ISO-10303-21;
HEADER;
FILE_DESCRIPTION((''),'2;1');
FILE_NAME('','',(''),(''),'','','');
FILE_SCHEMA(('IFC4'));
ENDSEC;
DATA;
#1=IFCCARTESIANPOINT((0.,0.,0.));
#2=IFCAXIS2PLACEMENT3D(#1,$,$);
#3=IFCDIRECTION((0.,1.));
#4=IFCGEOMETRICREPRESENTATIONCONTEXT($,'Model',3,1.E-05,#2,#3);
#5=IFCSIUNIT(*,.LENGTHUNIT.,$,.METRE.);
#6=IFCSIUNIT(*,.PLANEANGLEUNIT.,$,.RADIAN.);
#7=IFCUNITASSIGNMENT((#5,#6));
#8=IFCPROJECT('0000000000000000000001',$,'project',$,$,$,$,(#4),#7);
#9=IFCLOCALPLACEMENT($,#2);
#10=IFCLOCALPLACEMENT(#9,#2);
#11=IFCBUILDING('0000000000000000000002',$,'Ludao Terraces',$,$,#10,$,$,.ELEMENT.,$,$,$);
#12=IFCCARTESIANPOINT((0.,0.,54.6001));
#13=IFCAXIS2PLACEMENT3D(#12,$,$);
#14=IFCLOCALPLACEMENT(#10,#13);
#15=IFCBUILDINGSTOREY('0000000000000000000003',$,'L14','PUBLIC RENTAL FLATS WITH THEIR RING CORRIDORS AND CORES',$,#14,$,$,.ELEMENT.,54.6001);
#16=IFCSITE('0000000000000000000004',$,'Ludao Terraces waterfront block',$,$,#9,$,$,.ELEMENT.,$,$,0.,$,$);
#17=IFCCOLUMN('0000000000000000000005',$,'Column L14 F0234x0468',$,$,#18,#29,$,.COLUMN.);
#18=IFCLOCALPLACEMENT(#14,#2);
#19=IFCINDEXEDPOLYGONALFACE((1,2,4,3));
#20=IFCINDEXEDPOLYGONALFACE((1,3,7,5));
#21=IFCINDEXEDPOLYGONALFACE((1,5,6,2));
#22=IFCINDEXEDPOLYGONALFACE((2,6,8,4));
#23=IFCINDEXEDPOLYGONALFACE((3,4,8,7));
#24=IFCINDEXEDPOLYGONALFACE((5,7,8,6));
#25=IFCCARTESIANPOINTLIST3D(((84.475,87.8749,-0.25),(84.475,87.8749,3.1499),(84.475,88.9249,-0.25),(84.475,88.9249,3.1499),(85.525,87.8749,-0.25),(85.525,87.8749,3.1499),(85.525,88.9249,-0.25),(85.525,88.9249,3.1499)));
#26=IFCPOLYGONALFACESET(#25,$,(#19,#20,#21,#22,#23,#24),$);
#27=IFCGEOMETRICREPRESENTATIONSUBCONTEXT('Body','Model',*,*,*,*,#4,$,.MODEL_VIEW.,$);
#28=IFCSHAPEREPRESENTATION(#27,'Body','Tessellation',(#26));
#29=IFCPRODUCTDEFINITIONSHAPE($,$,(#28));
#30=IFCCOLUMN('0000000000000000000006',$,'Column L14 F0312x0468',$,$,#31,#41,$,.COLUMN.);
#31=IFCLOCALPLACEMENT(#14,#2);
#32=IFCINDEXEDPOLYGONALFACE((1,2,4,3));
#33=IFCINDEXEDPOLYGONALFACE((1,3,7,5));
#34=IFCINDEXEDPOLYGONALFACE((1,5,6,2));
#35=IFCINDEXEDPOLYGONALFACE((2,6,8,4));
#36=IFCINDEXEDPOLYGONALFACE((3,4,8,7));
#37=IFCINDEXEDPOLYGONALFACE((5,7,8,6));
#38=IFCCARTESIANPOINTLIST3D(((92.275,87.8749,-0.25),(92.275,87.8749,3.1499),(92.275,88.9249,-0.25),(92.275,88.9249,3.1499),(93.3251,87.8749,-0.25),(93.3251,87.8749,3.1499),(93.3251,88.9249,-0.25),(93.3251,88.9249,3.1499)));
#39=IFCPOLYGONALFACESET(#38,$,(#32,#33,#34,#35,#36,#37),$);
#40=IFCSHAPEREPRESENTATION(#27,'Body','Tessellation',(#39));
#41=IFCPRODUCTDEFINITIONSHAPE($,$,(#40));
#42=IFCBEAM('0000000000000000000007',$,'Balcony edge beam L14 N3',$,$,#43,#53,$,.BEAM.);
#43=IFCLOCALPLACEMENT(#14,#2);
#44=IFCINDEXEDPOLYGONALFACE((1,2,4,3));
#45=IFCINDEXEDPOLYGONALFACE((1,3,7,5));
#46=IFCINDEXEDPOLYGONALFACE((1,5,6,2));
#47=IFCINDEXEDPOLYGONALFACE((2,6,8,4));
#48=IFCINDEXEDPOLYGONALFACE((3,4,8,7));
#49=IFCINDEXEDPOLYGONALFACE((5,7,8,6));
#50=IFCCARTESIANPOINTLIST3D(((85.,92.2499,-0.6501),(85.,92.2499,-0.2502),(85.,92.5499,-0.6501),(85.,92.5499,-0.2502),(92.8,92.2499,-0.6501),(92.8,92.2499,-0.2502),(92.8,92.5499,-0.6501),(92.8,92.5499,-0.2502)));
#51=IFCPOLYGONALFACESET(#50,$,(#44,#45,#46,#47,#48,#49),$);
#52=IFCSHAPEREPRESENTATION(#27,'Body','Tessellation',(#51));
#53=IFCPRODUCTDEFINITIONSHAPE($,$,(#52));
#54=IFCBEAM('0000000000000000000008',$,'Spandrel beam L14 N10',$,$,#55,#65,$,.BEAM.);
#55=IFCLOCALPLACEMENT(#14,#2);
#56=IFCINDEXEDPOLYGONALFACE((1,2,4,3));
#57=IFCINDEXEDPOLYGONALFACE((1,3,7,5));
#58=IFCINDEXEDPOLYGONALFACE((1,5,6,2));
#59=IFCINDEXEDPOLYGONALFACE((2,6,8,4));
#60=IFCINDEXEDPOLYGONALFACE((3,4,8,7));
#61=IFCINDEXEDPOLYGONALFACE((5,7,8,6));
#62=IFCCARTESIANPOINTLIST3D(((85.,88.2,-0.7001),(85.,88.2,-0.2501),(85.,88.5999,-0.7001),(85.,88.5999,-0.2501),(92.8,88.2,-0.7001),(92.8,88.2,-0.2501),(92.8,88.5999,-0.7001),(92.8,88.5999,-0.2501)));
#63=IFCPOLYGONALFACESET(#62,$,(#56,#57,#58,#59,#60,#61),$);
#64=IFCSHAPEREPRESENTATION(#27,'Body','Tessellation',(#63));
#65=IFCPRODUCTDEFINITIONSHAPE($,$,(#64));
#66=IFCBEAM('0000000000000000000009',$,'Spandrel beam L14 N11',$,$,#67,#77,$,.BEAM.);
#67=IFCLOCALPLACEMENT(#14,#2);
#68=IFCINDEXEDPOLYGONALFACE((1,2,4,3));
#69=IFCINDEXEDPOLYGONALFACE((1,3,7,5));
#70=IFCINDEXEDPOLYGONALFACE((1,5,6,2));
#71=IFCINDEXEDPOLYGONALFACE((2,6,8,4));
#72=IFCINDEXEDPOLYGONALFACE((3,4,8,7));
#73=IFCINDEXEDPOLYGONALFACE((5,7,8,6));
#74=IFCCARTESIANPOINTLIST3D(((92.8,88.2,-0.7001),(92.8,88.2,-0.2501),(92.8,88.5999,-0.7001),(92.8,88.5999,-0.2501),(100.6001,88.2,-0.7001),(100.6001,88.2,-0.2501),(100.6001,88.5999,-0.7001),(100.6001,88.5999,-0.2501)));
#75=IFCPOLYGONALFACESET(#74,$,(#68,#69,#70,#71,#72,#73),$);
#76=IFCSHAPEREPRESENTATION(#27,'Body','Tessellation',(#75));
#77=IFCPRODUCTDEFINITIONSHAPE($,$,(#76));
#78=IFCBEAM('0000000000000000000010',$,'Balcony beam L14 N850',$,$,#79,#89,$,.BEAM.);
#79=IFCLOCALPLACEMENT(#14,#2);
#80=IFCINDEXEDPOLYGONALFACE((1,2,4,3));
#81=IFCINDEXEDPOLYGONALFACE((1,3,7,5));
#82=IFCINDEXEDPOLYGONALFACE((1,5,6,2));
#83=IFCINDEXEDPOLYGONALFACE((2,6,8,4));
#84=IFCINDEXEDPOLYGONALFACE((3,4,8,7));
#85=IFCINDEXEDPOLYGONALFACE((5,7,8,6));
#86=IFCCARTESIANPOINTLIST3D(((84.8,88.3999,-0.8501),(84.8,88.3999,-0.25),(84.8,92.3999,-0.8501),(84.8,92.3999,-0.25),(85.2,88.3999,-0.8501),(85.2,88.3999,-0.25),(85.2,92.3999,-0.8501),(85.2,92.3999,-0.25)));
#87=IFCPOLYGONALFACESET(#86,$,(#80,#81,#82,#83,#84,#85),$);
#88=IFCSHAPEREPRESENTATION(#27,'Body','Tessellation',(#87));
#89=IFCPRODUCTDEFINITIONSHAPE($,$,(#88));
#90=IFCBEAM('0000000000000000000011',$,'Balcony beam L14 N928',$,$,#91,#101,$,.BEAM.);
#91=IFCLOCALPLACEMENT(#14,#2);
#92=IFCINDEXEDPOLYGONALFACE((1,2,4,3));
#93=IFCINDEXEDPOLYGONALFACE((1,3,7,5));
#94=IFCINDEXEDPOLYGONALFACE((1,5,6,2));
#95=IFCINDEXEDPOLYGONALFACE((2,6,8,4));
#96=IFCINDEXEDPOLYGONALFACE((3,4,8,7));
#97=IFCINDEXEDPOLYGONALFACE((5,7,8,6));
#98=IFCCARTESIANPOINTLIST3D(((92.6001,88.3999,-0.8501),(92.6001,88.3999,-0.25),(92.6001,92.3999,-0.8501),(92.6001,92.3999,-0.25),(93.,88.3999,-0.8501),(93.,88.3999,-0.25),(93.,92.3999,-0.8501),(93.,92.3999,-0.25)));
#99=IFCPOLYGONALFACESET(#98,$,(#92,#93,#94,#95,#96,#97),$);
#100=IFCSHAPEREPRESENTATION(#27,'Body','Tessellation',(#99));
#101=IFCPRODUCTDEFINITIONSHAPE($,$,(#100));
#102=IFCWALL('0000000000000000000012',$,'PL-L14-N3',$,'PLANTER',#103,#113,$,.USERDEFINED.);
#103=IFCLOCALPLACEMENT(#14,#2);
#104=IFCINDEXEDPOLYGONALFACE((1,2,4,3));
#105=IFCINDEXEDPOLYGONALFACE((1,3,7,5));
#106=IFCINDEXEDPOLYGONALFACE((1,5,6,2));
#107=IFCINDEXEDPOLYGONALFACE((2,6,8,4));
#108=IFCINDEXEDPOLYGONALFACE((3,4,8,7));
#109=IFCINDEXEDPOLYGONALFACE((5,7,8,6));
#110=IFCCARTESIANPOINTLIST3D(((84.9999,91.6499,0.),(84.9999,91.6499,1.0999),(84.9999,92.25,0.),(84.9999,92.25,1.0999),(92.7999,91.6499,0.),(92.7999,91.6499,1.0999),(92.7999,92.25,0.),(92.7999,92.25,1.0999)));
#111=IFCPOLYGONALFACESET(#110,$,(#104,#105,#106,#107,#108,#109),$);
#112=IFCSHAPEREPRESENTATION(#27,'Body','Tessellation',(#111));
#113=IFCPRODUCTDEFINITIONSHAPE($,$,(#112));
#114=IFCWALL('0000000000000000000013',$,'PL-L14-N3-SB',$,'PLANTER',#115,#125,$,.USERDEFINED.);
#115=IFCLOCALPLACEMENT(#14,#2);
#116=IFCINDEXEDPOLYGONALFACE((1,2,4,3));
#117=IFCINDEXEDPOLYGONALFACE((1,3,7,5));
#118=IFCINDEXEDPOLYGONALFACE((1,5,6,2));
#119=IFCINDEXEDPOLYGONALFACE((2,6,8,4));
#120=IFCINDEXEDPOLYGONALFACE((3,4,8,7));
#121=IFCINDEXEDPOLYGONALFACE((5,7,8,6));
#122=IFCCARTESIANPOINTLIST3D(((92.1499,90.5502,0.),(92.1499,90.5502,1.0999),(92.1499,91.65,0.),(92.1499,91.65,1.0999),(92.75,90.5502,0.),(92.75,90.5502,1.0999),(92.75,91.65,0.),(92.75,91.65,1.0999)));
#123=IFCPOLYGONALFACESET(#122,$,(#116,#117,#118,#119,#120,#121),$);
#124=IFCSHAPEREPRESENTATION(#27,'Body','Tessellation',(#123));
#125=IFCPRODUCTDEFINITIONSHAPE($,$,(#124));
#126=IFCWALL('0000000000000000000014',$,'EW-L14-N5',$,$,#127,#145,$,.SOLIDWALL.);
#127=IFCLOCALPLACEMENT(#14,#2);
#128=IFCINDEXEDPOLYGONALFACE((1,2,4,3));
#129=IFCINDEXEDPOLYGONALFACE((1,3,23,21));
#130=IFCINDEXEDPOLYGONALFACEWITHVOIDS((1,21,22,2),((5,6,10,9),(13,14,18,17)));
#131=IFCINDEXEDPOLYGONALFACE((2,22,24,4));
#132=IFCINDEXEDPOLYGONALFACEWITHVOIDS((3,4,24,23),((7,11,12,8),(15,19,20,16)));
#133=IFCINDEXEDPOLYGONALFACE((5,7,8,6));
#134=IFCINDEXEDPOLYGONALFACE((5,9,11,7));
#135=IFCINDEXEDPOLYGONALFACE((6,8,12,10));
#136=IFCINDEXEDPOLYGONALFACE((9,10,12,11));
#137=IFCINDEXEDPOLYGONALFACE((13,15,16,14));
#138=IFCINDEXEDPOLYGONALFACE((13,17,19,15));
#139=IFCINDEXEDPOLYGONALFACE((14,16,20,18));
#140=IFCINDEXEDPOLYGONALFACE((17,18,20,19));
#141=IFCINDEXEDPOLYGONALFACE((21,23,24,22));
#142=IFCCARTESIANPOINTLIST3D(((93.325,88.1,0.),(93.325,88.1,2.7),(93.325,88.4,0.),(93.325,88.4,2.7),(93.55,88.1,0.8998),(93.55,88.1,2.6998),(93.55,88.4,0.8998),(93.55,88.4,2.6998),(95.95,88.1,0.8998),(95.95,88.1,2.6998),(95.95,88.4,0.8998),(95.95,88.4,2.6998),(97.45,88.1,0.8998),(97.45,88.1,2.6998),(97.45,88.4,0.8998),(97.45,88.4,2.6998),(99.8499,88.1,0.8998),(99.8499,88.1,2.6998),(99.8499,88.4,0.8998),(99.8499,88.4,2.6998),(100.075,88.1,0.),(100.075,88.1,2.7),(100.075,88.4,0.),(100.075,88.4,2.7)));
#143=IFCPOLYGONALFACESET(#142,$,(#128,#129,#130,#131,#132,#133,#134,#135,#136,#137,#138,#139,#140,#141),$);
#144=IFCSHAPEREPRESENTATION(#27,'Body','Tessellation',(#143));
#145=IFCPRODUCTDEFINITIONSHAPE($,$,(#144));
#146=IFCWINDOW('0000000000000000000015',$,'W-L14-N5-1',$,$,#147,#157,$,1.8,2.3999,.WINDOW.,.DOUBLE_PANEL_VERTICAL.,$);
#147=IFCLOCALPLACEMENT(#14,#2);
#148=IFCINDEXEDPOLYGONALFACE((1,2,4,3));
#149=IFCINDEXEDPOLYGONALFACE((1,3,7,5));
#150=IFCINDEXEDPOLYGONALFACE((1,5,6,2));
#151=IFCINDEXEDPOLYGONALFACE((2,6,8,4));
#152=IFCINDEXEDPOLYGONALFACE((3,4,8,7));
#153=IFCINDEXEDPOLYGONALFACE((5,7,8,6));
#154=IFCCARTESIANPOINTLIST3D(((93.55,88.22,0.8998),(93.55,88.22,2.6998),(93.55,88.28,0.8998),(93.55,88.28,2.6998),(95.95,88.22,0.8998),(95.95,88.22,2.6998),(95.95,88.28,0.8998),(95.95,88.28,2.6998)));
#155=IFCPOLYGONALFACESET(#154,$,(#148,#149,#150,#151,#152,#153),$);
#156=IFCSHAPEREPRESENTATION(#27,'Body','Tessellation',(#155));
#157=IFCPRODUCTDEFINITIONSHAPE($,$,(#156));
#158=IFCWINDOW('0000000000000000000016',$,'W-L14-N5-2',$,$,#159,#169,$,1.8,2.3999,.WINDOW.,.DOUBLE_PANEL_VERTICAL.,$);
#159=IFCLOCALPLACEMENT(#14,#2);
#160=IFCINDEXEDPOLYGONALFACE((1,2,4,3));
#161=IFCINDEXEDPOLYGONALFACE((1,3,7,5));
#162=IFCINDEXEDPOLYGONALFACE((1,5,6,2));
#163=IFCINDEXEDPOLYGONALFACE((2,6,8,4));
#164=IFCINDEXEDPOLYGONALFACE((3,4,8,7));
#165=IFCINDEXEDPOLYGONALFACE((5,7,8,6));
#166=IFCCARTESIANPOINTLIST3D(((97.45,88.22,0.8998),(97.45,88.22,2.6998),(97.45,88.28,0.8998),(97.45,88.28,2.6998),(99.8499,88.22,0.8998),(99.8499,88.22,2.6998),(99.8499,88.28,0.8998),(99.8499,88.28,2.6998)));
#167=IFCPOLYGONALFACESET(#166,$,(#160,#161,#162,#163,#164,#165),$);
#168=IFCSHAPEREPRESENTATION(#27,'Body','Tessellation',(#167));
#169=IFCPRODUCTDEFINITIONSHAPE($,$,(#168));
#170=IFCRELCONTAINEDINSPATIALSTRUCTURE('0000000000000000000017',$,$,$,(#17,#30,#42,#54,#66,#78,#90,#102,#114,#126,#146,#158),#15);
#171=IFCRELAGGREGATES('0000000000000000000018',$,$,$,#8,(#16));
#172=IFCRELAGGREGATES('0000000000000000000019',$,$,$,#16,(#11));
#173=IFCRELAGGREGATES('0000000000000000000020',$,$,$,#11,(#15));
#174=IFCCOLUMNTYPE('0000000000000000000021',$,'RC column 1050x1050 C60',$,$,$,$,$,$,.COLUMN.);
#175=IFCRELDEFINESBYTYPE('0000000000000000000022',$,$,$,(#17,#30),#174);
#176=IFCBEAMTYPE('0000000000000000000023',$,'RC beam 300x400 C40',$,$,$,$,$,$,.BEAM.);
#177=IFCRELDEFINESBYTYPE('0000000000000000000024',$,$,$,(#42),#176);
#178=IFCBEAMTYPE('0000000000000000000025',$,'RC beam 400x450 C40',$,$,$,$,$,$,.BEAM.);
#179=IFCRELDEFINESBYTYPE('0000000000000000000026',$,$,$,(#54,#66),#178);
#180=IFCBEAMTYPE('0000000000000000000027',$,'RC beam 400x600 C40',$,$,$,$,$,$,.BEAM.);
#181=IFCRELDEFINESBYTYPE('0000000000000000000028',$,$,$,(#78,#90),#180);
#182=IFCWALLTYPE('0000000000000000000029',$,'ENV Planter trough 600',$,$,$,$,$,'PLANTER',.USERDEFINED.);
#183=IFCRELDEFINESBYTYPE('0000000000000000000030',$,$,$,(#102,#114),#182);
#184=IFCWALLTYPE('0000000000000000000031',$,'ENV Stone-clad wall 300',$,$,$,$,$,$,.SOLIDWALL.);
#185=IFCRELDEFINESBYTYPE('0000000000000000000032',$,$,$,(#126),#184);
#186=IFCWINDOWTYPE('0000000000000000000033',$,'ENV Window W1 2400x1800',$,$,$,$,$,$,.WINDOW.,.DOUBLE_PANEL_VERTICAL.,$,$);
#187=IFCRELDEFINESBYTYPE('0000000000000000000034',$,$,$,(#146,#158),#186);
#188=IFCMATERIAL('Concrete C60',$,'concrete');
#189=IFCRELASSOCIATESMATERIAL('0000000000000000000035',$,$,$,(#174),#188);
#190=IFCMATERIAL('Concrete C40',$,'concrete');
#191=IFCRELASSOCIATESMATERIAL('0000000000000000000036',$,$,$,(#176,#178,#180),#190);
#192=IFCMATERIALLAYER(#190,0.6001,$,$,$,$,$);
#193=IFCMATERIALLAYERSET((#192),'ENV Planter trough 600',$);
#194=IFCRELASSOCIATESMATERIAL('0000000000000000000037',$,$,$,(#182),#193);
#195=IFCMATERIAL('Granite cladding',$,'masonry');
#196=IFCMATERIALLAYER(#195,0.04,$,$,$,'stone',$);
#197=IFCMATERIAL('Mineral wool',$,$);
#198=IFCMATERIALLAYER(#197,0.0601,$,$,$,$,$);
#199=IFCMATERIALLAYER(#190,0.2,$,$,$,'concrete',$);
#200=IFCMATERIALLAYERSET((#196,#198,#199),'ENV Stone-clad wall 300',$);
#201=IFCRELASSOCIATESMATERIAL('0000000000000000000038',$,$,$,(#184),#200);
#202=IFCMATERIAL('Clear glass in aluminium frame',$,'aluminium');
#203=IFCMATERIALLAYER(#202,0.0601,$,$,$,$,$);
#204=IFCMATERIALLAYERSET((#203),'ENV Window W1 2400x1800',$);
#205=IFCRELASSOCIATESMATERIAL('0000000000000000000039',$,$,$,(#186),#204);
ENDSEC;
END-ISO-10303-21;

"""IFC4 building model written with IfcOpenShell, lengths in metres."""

from ifc_helpers import new_model, si_unit, direction, frame, frame_2d, origin, origin_2d, place, context, subcontext, project, spatial, rectangle, extrude, material, layer, layer_set, material_profile, profile_set, type_object, element, fill, save


model = new_model("IFC4")

# Units and contexts
model_context = context("Model", 3, precision=1e-05, world=origin(), true_north=direction((0.0, 1.0)))
body_context = subcontext(model_context, "Body", "Model", "MODEL_VIEW")
ifc_project = project(units=[si_unit("LENGTHUNIT", "METRE"), si_unit("PLANEANGLEUNIT", "RADIAN")], contexts=[model_context])

# Site, building, storey
site_placement = place(None, origin())
site = spatial("IfcSite", under=ifc_project, at=site_placement, Name="Ludao Terraces waterfront block", CompositionType="ELEMENT", RefElevation=0.0)
building_placement = place(site_placement, origin())
building = spatial("IfcBuilding", under=site, at=building_placement, Name="Ludao Terraces", CompositionType="ELEMENT")
storey_placement = place(building_placement, frame((0.0, 0.0, 54.6001)))
storey = spatial("IfcBuildingStorey", under=building, at=storey_placement, Name="L14", Description="PUBLIC RENTAL FLATS WITH THEIR RING CORRIDORS AND CORES", CompositionType="ELEMENT", Elevation=54.6001)

# Columns
ifc_material_1 = material(Name="Concrete C60", Category="concrete")
ifc_material_profile_1 = material_profile(ifc_material_1, rectangle(XDim=1.05, YDim=1.05, at=origin_2d()), Name="1050 X 1050")
ifc_profile_set_1 = profile_set([ifc_material_profile_1], Name="Concrete C60")
column_type = type_object("IfcColumnType", Name="RC column 1050x1050 C60", PredefinedType="COLUMN", material=ifc_profile_set_1)
for number, where, z_axis, x_axis, name in (
    (1, (85.0, 88.3999, -0.25), (0.0, 0.0, 1.0), (1.0, 0.0, 0.0), "Column L14 F0234x0468"),
    (2, (92.8, 88.3999, -0.25), (0.0, 0.0, 1.0), (1.0, 0.0, 0.0), "Column L14 F0312x0468"),
):
    element("IfcColumn", number, at=place(storey_placement, frame(where, z_axis=z_axis, x_axis=x_axis)), inside=storey, type_object=column_type, Name=name, PredefinedType="COLUMN", context=body_context, shape_type="SweptSolid", body=[
        extrude(rectangle(XDim=1.05, YDim=1.05, at=origin_2d()), origin(), (0.0, 0.0, 1.0), 3.3999),
    ])

# Beams
ifc_material_2 = material(Name="Concrete C40", Category="concrete")
ifc_material_profile_2 = material_profile(ifc_material_2, rectangle(XDim=0.3, YDim=0.3999, at=origin_2d()), Name="300 X 400")
ifc_profile_set_2 = profile_set([ifc_material_profile_2], Name="Concrete C40")
beam_type_1 = type_object("IfcBeamType", Name="RC beam 300x400 C40", PredefinedType="BEAM", material=ifc_profile_set_2)
beam_placement = place(storey_placement, frame((85.0, 92.3999, -0.4502), z_axis=(1.0, 0.0, 0.0), x_axis=(0.0, 1.0, 0.0)))
element("IfcBeam", 3, at=beam_placement, inside=storey, type_object=beam_type_1, Name="Balcony edge beam L14 N3", PredefinedType="BEAM", context=body_context, shape_type="SweptSolid", body=[
    extrude(rectangle(XDim=0.3, YDim=0.3999, at=origin_2d()), origin(), (0.0, 0.0, 1.0), 7.8),
])
ifc_material_profile_3 = material_profile(ifc_material_2, rectangle(XDim=0.3999, YDim=0.45, at=origin_2d()), Name="400 X 450")
ifc_profile_set_3 = profile_set([ifc_material_profile_3], Name="Concrete C40")
beam_type_2 = type_object("IfcBeamType", Name="RC beam 400x450 C40", PredefinedType="BEAM", material=ifc_profile_set_3)
for number, where, z_axis, x_axis, name in (
    (4, (85.0, 88.3999, -0.4751), (1.0, 0.0, 0.0), (0.0, 1.0, 0.0), "Spandrel beam L14 N10"),
    (5, (92.8, 88.3999, -0.4751), (1.0, 0.0, 0.0), (0.0, 1.0, 0.0), "Spandrel beam L14 N11"),
):
    element("IfcBeam", number, at=place(storey_placement, frame(where, z_axis=z_axis, x_axis=x_axis)), inside=storey, type_object=beam_type_2, Name=name, PredefinedType="BEAM", context=body_context, shape_type="SweptSolid", body=[
        extrude(rectangle(XDim=0.3999, YDim=0.45, at=origin_2d()), origin(), (0.0, 0.0, 1.0), 7.8),
    ])
ifc_material_profile_4 = material_profile(ifc_material_2, rectangle(XDim=0.3999, YDim=0.6001, at=origin_2d()), Name="400 X 600")
ifc_profile_set_4 = profile_set([ifc_material_profile_4], Name="Concrete C40")
beam_type_3 = type_object("IfcBeamType", Name="RC beam 400x600 C40", PredefinedType="BEAM", material=ifc_profile_set_4)
for number, where, z_axis, x_axis, name in (
    (6, (85.0, 88.3999, -0.55), (0.0, 1.0, 0.0), (-1.0, 0.0, 0.0), "Balcony beam L14 N850"),
    (7, (92.8, 88.3999, -0.55), (0.0, 1.0, 0.0), (-1.0, 0.0, 0.0), "Balcony beam L14 N928"),
):
    element("IfcBeam", number, at=place(storey_placement, frame(where, z_axis=z_axis, x_axis=x_axis)), inside=storey, type_object=beam_type_3, Name=name, PredefinedType="BEAM", context=body_context, shape_type="SweptSolid", body=[
        extrude(rectangle(XDim=0.3999, YDim=0.6001, at=origin_2d()), origin(), (0.0, 0.0, 1.0), 4.0),
    ])

# Walls
ifc_layer_1 = layer(ifc_material_2, 0.6001)
ifc_layer_set_1 = layer_set([ifc_layer_1], Name="ENV Planter trough 600")
wall_type_1 = type_object("IfcWallType", Name="ENV Planter trough 600", ElementType="PLANTER", PredefinedType="USERDEFINED", material=ifc_layer_set_1)
wall_1_placement = place(storey_placement, frame((85.0, 91.95, 0.0), z_axis=(0.0, 0.0, 1.0), x_axis=(1.0, 0.0, 0.0)))
element("IfcWall", 8, at=wall_1_placement, inside=storey, type_object=wall_type_1, Name="PL-L14-N3", ObjectType="PLANTER", PredefinedType="USERDEFINED", context=body_context, shape_type="SweptSolid", body=[
    extrude(rectangle(XDim=7.8, YDim=0.6001, at=frame_2d((3.8999, 0.0))), origin(), (0.0, 0.0, 1.0), 1.0999),
])
wall_2_placement = place(storey_placement, frame((92.45, 91.6499, 0.0), z_axis=(0.0, 0.0, 1.0), x_axis=(0.0, -1.0, 0.0)))
element("IfcWall", 9, at=wall_2_placement, inside=storey, type_object=wall_type_1, Name="PL-L14-N3-SB", ObjectType="PLANTER", PredefinedType="USERDEFINED", context=body_context, shape_type="SweptSolid", body=[
    extrude(rectangle(XDim=1.0999, YDim=0.6001, at=frame_2d((0.5498, 0.0))), origin(), (0.0, 0.0, 1.0), 1.0999),
])

# Shared definitions
ifc_material_3 = material(Name="Granite cladding", Category="masonry")
ifc_layer_2 = layer(ifc_material_3, 0.04, Category="stone")
ifc_material_4 = material(Name="Mineral wool")
ifc_layer_3 = layer(ifc_material_4, 0.0601)
ifc_layer_4 = layer(ifc_material_2, 0.2, Category="concrete")
ifc_layer_set_2 = layer_set([ifc_layer_2, ifc_layer_3, ifc_layer_4], Name="ENV Stone-clad wall 300")
wall_type_2 = type_object("IfcWallType", Name="ENV Stone-clad wall 300", PredefinedType="SOLIDWALL", material=ifc_layer_set_2)
ifc_material_5 = material(Name="Clear glass in aluminium frame", Category="aluminium")
ifc_layer_5 = layer(ifc_material_5, 0.0601)
ifc_layer_set_3 = layer_set([ifc_layer_5], Name="ENV Window W1 2400x1800")
window_type = type_object("IfcWindowType", Name="ENV Window W1 2400x1800", PartitioningType="DOUBLE_PANEL_VERTICAL", PredefinedType="WINDOW", material=ifc_layer_set_3)

# Wall, openings, windows
wall_3_placement = place(storey_placement, frame((93.325, 88.25, 0.0), z_axis=(0.0, 0.0, 1.0), x_axis=(1.0, 0.0, 0.0)))
wall_3 = element("IfcWall", 10, at=wall_3_placement, inside=storey, type_object=wall_type_2, Name="EW-L14-N5", PredefinedType="SOLIDWALL", context=body_context, shape_type="SweptSolid", body=[
    extrude(rectangle(XDim=6.75, YDim=0.3, at=frame_2d((3.375, 0.0))), origin(), (0.0, 0.0, 1.0), 2.7),
])
opening_1_placement = place(wall_3_placement, frame((0.2251, 0.0, 0.8999)))
opening_1 = element("IfcOpeningElement", 11, at=opening_1_placement, cuts=wall_3, PredefinedType="OPENING", context=body_context, shape_type="SweptSolid", body=[
    extrude(rectangle(XDim=2.3999, YDim=1.8, at=frame_2d((1.2, 0.8999))), frame((0.0, 0.1602, 0.0), z_axis=(0.0, -1.0, 0.0), x_axis=(1.0, 0.0, 0.0)), (0.0, 0.0, 1.0), 0.3201),
])
opening_2_placement = place(wall_3_placement, frame((4.125, 0.0, 0.8999)))
opening_2 = element("IfcOpeningElement", 12, at=opening_2_placement, cuts=wall_3, PredefinedType="OPENING", context=body_context, shape_type="SweptSolid", body=[
    extrude(rectangle(XDim=2.3999, YDim=1.8, at=frame_2d((1.2, 0.8999))), frame((0.0, 0.1602, 0.0), z_axis=(0.0, -1.0, 0.0), x_axis=(1.0, 0.0, 0.0)), (0.0, 0.0, 1.0), 0.3201),
])
window_1_placement = place(opening_1_placement, origin())
window_1 = element("IfcWindow", 13, at=window_1_placement, inside=storey, type_object=window_type, Name="W-L14-N5-1", OverallHeight=1.8, OverallWidth=2.3999, PartitioningType="DOUBLE_PANEL_VERTICAL", PredefinedType="WINDOW", context=body_context, shape_type="SweptSolid", body=[
    extrude(rectangle(XDim=2.3999, YDim=1.8, at=frame_2d((1.2, 0.8999))), frame((0.0, 0.03, 0.0), z_axis=(0.0, -1.0, 0.0), x_axis=(1.0, 0.0, 0.0)), (0.0, 0.0, 1.0), 0.0601),
])
fill(opening_1, window_1)
window_2_placement = place(opening_2_placement, origin())
window_2 = element("IfcWindow", 14, at=window_2_placement, inside=storey, type_object=window_type, Name="W-L14-N5-2", OverallHeight=1.8, OverallWidth=2.3999, PartitioningType="DOUBLE_PANEL_VERTICAL", PredefinedType="WINDOW", context=body_context, shape_type="SweptSolid", body=[
    extrude(rectangle(XDim=2.3999, YDim=1.8, at=frame_2d((1.2, 0.8999))), frame((0.0, 0.03, 0.0), z_axis=(0.0, -1.0, 0.0), x_axis=(1.0, 0.0, 0.0)), (0.0, 0.0, 1.0), 0.0601),
])
fill(opening_2, window_2)

save(model, "model.ifc")
